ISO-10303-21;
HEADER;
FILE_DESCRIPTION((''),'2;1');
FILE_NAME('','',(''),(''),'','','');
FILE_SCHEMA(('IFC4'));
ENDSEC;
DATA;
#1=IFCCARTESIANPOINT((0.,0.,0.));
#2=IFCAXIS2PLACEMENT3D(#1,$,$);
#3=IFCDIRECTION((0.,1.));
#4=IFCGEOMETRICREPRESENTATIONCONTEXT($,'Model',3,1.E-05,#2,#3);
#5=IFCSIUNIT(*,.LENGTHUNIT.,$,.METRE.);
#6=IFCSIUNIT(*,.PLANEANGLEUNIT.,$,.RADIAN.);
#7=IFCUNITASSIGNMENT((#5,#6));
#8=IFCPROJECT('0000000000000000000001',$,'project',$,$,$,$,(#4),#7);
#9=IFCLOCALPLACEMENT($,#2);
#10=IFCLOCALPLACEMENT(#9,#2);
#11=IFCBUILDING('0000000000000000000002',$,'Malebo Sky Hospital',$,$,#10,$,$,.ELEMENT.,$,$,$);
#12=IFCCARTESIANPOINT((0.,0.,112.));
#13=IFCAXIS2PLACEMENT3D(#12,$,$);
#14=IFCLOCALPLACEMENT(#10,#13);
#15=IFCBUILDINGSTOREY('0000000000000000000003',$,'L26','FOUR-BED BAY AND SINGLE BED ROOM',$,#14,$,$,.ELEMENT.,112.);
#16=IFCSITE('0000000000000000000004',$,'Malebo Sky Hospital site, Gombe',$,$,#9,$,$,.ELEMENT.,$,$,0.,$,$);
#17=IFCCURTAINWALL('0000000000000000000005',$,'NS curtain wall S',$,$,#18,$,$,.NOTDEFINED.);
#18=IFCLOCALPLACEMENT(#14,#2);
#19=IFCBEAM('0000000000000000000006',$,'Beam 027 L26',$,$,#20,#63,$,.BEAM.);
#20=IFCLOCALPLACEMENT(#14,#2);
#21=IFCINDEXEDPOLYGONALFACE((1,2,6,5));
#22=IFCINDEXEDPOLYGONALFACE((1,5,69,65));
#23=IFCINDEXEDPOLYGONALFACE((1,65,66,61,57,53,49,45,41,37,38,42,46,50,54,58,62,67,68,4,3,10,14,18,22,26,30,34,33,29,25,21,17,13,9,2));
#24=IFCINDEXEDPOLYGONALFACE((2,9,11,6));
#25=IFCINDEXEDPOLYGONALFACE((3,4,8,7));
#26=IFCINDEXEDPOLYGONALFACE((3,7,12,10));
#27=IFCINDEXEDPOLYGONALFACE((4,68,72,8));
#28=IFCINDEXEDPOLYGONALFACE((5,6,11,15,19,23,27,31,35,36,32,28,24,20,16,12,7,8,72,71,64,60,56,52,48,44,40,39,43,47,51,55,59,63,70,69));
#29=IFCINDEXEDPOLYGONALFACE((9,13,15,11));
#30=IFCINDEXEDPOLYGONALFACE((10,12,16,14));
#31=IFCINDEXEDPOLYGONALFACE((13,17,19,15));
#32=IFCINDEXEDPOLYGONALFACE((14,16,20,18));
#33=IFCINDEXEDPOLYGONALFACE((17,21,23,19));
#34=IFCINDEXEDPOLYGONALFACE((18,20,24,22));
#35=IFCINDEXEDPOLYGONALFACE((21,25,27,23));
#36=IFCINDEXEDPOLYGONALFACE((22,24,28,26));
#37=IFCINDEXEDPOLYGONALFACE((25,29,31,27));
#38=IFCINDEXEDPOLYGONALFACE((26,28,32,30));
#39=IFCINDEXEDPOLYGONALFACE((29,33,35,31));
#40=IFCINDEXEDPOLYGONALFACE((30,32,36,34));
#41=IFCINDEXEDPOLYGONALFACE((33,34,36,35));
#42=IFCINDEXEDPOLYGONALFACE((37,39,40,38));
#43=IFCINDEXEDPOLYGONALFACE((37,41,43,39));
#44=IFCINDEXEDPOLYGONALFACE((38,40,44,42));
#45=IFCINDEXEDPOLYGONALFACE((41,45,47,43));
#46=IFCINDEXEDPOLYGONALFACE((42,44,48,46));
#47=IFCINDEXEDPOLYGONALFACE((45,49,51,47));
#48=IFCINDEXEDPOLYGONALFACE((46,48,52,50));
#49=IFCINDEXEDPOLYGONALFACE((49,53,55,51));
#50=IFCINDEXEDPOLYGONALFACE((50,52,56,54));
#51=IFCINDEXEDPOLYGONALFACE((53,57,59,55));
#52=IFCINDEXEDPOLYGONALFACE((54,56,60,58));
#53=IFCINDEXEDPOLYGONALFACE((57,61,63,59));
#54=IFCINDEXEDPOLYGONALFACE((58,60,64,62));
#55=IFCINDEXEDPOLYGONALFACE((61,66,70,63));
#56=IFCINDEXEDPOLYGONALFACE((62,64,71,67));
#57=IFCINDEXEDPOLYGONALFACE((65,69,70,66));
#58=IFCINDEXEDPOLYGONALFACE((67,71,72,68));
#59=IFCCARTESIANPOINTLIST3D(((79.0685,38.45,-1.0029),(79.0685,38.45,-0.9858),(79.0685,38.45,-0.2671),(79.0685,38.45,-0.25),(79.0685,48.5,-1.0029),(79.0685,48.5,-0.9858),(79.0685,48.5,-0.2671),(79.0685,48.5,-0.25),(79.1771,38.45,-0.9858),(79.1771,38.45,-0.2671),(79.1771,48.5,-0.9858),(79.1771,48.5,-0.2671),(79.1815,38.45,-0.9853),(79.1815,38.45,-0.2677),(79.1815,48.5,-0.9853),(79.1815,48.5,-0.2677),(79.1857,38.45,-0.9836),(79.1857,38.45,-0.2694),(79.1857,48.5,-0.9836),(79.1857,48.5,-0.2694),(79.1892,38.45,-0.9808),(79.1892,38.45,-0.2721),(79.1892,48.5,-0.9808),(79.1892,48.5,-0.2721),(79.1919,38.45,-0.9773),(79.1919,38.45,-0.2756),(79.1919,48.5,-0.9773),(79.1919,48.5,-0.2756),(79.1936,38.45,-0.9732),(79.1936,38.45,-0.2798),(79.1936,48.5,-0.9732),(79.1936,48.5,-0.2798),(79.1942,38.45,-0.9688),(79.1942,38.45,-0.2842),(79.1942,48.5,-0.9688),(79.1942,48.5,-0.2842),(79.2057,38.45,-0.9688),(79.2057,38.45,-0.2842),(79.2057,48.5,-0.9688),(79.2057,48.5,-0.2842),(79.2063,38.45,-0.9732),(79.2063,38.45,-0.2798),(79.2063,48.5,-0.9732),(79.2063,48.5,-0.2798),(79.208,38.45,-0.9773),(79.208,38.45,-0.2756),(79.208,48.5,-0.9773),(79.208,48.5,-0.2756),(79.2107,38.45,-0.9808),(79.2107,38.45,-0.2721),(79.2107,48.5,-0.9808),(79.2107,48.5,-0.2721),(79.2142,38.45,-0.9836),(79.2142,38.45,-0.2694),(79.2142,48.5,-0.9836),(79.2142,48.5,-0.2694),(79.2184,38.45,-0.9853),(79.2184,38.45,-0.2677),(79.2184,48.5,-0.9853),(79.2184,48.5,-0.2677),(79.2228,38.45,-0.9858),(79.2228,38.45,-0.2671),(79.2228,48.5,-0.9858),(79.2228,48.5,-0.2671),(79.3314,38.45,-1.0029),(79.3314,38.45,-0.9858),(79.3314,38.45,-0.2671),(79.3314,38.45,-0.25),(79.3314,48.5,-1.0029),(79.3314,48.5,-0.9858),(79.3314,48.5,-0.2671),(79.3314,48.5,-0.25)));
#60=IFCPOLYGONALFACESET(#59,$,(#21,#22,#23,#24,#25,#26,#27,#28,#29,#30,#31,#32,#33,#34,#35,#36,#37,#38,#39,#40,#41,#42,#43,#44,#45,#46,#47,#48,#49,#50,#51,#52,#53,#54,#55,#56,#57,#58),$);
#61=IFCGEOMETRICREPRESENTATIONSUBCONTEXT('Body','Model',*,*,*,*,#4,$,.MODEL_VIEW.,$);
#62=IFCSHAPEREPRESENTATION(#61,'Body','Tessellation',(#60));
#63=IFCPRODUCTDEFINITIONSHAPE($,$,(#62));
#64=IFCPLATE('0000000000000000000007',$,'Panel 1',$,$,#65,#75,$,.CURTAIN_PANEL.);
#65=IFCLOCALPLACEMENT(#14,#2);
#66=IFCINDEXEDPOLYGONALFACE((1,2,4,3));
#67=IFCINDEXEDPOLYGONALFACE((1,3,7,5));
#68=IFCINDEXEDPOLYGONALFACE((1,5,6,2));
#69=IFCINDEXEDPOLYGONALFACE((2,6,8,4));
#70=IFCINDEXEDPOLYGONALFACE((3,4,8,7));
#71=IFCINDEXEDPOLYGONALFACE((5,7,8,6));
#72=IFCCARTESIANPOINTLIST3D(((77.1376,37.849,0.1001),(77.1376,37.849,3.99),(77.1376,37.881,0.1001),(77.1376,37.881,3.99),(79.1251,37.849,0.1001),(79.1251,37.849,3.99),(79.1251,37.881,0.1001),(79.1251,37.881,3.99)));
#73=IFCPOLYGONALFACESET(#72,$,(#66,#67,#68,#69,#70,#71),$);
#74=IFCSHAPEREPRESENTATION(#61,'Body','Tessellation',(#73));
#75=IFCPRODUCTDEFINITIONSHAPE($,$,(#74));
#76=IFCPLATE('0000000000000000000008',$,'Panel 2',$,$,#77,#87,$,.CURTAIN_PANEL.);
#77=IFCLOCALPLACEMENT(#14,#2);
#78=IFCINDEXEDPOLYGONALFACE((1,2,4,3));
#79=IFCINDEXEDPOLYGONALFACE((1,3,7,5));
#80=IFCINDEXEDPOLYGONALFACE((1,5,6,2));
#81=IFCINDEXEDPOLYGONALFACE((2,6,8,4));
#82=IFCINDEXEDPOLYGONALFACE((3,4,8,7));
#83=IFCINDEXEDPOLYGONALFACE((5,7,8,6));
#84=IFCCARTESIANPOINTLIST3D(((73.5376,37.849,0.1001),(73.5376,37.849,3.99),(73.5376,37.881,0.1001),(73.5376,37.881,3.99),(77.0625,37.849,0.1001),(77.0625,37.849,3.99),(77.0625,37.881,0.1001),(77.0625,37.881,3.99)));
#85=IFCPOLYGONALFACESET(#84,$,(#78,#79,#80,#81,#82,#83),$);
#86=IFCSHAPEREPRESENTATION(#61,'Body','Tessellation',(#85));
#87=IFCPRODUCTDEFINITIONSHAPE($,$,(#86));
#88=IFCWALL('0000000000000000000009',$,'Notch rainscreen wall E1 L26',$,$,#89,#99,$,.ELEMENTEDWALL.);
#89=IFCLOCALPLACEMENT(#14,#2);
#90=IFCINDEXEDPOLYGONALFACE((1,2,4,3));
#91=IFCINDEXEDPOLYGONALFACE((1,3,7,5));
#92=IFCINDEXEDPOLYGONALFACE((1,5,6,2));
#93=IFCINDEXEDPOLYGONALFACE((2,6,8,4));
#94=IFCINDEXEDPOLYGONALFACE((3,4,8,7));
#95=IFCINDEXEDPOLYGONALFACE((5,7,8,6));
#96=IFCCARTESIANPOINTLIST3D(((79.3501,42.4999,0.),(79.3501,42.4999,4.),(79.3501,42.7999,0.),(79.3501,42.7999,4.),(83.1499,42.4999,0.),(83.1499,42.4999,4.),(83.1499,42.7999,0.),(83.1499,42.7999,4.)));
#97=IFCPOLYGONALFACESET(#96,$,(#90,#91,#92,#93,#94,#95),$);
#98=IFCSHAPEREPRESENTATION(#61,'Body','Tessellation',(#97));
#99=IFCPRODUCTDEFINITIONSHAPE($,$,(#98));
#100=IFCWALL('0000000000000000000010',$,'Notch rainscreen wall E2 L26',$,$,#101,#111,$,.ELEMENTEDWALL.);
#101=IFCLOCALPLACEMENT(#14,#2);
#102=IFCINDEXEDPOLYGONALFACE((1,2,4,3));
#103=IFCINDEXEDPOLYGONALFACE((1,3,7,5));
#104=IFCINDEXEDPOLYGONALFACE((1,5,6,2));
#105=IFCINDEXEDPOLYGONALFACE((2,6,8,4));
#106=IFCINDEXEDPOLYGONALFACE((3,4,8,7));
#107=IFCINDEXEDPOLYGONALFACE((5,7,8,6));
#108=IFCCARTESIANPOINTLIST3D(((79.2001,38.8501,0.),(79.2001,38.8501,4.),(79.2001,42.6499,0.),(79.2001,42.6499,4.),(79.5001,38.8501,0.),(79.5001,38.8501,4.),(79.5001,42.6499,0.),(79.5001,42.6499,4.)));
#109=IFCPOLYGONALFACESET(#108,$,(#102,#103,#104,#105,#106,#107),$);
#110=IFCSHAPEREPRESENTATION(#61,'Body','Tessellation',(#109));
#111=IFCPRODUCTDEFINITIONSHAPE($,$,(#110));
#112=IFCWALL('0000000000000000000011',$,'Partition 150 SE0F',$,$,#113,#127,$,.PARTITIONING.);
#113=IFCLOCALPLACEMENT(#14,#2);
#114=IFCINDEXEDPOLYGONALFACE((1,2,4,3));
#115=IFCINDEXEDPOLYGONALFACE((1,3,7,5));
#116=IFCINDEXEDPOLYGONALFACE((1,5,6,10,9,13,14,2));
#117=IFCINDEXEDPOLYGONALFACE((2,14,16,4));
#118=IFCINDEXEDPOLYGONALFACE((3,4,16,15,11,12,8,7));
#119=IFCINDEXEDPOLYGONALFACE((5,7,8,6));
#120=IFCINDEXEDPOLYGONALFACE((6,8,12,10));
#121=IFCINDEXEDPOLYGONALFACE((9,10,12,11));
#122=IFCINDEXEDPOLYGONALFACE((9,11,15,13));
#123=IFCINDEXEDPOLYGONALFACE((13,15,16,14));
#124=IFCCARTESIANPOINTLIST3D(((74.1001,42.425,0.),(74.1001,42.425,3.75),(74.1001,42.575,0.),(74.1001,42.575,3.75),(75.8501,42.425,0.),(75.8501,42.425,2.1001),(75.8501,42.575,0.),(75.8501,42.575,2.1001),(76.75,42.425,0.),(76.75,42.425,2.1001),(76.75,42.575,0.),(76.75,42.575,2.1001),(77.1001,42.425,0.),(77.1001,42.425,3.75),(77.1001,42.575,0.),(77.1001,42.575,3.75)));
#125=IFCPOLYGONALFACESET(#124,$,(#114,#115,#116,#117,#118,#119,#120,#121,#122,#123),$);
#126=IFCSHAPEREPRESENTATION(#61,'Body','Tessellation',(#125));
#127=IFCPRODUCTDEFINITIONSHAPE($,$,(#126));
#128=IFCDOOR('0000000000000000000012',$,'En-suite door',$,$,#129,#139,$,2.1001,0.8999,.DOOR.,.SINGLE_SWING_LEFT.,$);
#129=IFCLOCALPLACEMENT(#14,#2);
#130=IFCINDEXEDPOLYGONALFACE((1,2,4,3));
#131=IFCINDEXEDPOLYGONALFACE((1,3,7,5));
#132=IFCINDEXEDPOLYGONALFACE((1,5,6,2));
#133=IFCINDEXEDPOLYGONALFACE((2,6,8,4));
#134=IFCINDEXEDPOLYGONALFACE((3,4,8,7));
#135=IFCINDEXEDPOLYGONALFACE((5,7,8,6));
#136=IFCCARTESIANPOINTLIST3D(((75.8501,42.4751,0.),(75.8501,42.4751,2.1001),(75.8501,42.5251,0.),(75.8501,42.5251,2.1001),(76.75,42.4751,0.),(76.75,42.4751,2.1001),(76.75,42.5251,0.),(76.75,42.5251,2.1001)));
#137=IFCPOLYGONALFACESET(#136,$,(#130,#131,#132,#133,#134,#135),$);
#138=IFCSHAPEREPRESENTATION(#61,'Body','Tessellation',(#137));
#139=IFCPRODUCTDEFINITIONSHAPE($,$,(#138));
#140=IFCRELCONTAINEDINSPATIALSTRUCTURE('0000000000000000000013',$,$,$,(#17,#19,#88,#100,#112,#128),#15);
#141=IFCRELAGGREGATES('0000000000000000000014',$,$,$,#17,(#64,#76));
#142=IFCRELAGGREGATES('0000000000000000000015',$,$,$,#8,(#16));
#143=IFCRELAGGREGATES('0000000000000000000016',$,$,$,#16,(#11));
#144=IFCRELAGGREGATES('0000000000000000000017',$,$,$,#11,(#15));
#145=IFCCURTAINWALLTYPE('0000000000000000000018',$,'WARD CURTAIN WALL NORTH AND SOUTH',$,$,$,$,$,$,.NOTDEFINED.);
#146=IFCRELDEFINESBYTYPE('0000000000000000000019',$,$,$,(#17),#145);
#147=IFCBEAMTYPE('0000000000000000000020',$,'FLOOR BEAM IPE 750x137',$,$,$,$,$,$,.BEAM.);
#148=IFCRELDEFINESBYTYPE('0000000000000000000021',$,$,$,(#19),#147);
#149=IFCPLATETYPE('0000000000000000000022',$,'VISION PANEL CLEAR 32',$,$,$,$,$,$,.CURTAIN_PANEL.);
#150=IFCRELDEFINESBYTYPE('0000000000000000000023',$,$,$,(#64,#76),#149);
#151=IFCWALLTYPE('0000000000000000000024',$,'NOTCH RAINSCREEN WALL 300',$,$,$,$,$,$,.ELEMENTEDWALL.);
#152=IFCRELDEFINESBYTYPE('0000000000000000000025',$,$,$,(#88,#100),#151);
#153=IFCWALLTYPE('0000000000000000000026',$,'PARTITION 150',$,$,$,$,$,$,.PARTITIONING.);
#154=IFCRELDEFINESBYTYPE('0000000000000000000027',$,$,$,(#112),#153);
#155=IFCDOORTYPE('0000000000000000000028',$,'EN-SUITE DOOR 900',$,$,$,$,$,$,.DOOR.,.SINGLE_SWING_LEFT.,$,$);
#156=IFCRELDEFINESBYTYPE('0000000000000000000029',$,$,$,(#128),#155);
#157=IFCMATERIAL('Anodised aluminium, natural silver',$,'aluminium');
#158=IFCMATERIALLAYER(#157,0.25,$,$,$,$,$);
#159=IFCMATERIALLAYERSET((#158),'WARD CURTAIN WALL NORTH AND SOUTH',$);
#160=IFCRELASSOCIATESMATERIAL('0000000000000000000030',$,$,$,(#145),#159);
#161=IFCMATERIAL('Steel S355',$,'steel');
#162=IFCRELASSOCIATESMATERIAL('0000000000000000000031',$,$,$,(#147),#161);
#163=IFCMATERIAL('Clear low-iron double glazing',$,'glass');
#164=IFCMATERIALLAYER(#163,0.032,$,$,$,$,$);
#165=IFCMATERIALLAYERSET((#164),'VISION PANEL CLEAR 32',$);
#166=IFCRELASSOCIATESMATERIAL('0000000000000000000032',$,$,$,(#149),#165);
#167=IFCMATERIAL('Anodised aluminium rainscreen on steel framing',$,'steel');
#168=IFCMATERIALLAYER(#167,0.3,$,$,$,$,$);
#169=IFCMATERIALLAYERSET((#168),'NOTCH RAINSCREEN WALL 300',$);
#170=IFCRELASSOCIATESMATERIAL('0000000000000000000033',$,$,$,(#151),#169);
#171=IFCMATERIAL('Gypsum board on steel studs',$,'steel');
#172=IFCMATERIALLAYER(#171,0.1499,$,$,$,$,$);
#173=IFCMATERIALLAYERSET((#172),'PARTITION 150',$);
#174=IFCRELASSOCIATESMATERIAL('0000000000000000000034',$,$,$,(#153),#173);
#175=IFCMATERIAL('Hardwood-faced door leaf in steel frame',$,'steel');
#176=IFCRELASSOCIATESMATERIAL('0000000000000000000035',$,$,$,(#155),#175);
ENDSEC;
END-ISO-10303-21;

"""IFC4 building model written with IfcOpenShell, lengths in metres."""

from ifc_helpers import new_model, si_unit, direction, frame, frame_2d, origin, origin_2d, place, context, subcontext, project, spatial, rectangle, i_section, extrude, material, layer, layer_set, material_profile, profile_set, type_object, element, fill, aggregate, save


model = new_model("IFC4")

# Units and contexts
model_context = context("Model", 3, precision=1e-05, world=origin(), true_north=direction((0.0, 1.0)))
body_context = subcontext(model_context, "Body", "Model", "MODEL_VIEW")
ifc_project = project(units=[si_unit("LENGTHUNIT", "METRE"), si_unit("PLANEANGLEUNIT", "RADIAN")], contexts=[model_context])

# Site, building, storey
site_placement = place(None, origin())
site = spatial("IfcSite", under=ifc_project, at=site_placement, Name="Malebo Sky Hospital site, Gombe", CompositionType="ELEMENT", RefElevation=0.0)
building_placement = place(site_placement, origin())
building = spatial("IfcBuilding", under=site, at=building_placement, Name="Malebo Sky Hospital", CompositionType="ELEMENT")
storey_placement = place(building_placement, frame((0.0, 0.0, 112.0)))
storey = spatial("IfcBuildingStorey", under=building, at=storey_placement, Name="L26", Description="FOUR-BED BAY AND SINGLE BED ROOM", CompositionType="ELEMENT", Elevation=112.0)

# Curtain wall
ifc_material_1 = material(Name="Anodised aluminium, natural silver", Category="aluminium")
ifc_layer_1 = layer(ifc_material_1, 0.25)
ifc_layer_set_1 = layer_set([ifc_layer_1], Name="WARD CURTAIN WALL NORTH AND SOUTH")
curtain_wall_type_1 = type_object("IfcCurtainWallType", Name="WARD CURTAIN WALL NORTH AND SOUTH", PredefinedType="NOTDEFINED", material=ifc_layer_set_1)
curtain_wall_1_placement = place(storey_placement, origin())
curtain_wall_1 = element("IfcCurtainWall", 1, at=curtain_wall_1_placement, inside=storey, type_object=curtain_wall_type_1, Name="NS curtain wall S", PredefinedType="NOTDEFINED")

# Beam
ifc_material_2 = material(Name="Steel S355", Category="steel")
ifc_material_profile_1 = material_profile(ifc_material_2, i_section(OverallWidth=0.2629, OverallDepth=0.7529, WebThickness=0.0115, FlangeThickness=0.0171, FilletRadius=0.0171, at=origin_2d()), Name="IPE 750x137")
ifc_profile_set_1 = profile_set([ifc_material_profile_1], Name="Steel S355")
beam_type_1 = type_object("IfcBeamType", Name="FLOOR BEAM IPE 750x137", PredefinedType="BEAM", material=ifc_profile_set_1)
beam_1_placement = place(storey_placement, frame((79.2, 38.45, -0.6265), z_axis=(0.0, 1.0, 0.0), x_axis=(-1.0, 0.0, 0.0)))
element("IfcBeam", 2, at=beam_1_placement, inside=storey, type_object=beam_type_1, Name="Beam 027 L26", PredefinedType="BEAM", context=body_context, shape_type="SweptSolid", body=[
    extrude(i_section(OverallWidth=0.2629, OverallDepth=0.7529, WebThickness=0.0115, FlangeThickness=0.0171, FilletRadius=0.0171, at=origin_2d()), origin(), (0.0, 0.0, 1.0), 10.05),
])

# Plates
ifc_material_3 = material(Name="Clear low-iron double glazing", Category="glass")
ifc_layer_2 = layer(ifc_material_3, 0.032)
ifc_layer_set_2 = layer_set([ifc_layer_2], Name="VISION PANEL CLEAR 32")
plate_type = type_object("IfcPlateType", Name="VISION PANEL CLEAR 32", PredefinedType="CURTAIN_PANEL", material=ifc_layer_set_2)
plate_1_placement = place(storey_placement, frame((78.1313, 37.865, 0.1001), z_axis=(0.0, 0.0, 1.0), x_axis=(-1.0, 0.0, 0.0)))
plate_1 = element("IfcPlate", 3, at=plate_1_placement, type_object=plate_type, Name="Panel 1", PredefinedType="CURTAIN_PANEL", context=body_context, shape_type="SweptSolid", body=[
    extrude(rectangle(XDim=1.9875, YDim=0.032, at=origin_2d()), origin(), (0.0, 0.0, 1.0), 3.8899),
])
plate_2_placement = place(storey_placement, frame((75.3, 37.865, 0.1001), z_axis=(0.0, 0.0, 1.0), x_axis=(-1.0, 0.0, 0.0)))
plate_2 = element("IfcPlate", 4, at=plate_2_placement, type_object=plate_type, Name="Panel 2", PredefinedType="CURTAIN_PANEL", context=body_context, shape_type="SweptSolid", body=[
    extrude(rectangle(XDim=3.5249, YDim=0.032, at=origin_2d()), origin(), (0.0, 0.0, 1.0), 3.8899),
])
aggregate(curtain_wall_1, [plate_1, plate_2])

# Walls
ifc_material_4 = material(Name="Anodised aluminium rainscreen on steel framing", Category="steel")
ifc_layer_3 = layer(ifc_material_4, 0.3)
ifc_layer_set_3 = layer_set([ifc_layer_3], Name="NOTCH RAINSCREEN WALL 300")
wall_type_1 = type_object("IfcWallType", Name="NOTCH RAINSCREEN WALL 300", PredefinedType="ELEMENTEDWALL", material=ifc_layer_set_3)
for number, where, z_axis, x_axis, name in (
    (5, (83.1499, 42.6499, 0.0), (0.0, 0.0, 1.0), (-1.0, 0.0, 0.0), "Notch rainscreen wall E1 L26"),
    (6, (79.3501, 42.6499, 0.0), (0.0, 0.0, 1.0), (0.0, -1.0, 0.0), "Notch rainscreen wall E2 L26"),
):
    element("IfcWall", number, at=place(storey_placement, frame(where, z_axis=z_axis, x_axis=x_axis)), inside=storey, type_object=wall_type_1, Name=name, PredefinedType="ELEMENTEDWALL", context=body_context, shape_type="SweptSolid", body=[
        extrude(rectangle(XDim=3.7998, YDim=0.3, at=frame_2d((1.8999, 0.0))), origin(), (0.0, 0.0, 1.0), 4.0),
    ])

# Wall, opening, door
ifc_material_5 = material(Name="Gypsum board on steel studs", Category="steel")
ifc_layer_4 = layer(ifc_material_5, 0.1499)
ifc_layer_set_4 = layer_set([ifc_layer_4], Name="PARTITION 150")
wall_type_2 = type_object("IfcWallType", Name="PARTITION 150", PredefinedType="PARTITIONING", material=ifc_layer_set_4)
wall_placement = place(storey_placement, frame((77.1001, 42.5, 0.0), z_axis=(0.0, 0.0, 1.0), x_axis=(-1.0, 0.0, 0.0)))
wall = element("IfcWall", 7, at=wall_placement, inside=storey, type_object=wall_type_2, Name="Partition 150 SE0F", PredefinedType="PARTITIONING", context=body_context, shape_type="SweptSolid", body=[
    extrude(rectangle(XDim=3.0, YDim=0.1499, at=frame_2d((1.5, 0.0))), origin(), (0.0, 0.0, 1.0), 3.75),
])
opening_placement = place(wall_placement, frame((0.3501, 0.0, 0.0)))
opening = element("IfcOpeningElement", 8, at=opening_placement, cuts=wall, PredefinedType="OPENING", context=body_context, shape_type="SweptSolid", body=[
    extrude(rectangle(XDim=0.8999, YDim=2.1001, at=frame_2d((0.45, 1.05))), frame((0.0, 0.085, 0.0), z_axis=(0.0, -1.0, 0.0), x_axis=(1.0, 0.0, 0.0)), (0.0, 0.0, 1.0), 0.1699),
])
ifc_material_6 = material(Name="Hardwood-faced door leaf in steel frame", Category="steel")
door_type = type_object("IfcDoorType", Name="EN-SUITE DOOR 900", OperationType="SINGLE_SWING_LEFT", PredefinedType="DOOR", material=ifc_material_6)
door_placement = place(opening_placement, origin())
door = element("IfcDoor", 9, at=door_placement, inside=storey, type_object=door_type, Name="En-suite door", OperationType="SINGLE_SWING_LEFT", OverallHeight=2.1001, OverallWidth=0.8999, PredefinedType="DOOR", context=body_context, shape_type="SweptSolid", body=[
    extrude(rectangle(XDim=0.8999, YDim=2.1001, at=frame_2d((0.45, 1.05))), frame((0.0, 0.0249, 0.0), z_axis=(0.0, -1.0, 0.0), x_axis=(1.0, 0.0, 0.0)), (0.0, 0.0, 1.0), 0.05),
])
fill(opening, door)

save(model, "model.ifc")
